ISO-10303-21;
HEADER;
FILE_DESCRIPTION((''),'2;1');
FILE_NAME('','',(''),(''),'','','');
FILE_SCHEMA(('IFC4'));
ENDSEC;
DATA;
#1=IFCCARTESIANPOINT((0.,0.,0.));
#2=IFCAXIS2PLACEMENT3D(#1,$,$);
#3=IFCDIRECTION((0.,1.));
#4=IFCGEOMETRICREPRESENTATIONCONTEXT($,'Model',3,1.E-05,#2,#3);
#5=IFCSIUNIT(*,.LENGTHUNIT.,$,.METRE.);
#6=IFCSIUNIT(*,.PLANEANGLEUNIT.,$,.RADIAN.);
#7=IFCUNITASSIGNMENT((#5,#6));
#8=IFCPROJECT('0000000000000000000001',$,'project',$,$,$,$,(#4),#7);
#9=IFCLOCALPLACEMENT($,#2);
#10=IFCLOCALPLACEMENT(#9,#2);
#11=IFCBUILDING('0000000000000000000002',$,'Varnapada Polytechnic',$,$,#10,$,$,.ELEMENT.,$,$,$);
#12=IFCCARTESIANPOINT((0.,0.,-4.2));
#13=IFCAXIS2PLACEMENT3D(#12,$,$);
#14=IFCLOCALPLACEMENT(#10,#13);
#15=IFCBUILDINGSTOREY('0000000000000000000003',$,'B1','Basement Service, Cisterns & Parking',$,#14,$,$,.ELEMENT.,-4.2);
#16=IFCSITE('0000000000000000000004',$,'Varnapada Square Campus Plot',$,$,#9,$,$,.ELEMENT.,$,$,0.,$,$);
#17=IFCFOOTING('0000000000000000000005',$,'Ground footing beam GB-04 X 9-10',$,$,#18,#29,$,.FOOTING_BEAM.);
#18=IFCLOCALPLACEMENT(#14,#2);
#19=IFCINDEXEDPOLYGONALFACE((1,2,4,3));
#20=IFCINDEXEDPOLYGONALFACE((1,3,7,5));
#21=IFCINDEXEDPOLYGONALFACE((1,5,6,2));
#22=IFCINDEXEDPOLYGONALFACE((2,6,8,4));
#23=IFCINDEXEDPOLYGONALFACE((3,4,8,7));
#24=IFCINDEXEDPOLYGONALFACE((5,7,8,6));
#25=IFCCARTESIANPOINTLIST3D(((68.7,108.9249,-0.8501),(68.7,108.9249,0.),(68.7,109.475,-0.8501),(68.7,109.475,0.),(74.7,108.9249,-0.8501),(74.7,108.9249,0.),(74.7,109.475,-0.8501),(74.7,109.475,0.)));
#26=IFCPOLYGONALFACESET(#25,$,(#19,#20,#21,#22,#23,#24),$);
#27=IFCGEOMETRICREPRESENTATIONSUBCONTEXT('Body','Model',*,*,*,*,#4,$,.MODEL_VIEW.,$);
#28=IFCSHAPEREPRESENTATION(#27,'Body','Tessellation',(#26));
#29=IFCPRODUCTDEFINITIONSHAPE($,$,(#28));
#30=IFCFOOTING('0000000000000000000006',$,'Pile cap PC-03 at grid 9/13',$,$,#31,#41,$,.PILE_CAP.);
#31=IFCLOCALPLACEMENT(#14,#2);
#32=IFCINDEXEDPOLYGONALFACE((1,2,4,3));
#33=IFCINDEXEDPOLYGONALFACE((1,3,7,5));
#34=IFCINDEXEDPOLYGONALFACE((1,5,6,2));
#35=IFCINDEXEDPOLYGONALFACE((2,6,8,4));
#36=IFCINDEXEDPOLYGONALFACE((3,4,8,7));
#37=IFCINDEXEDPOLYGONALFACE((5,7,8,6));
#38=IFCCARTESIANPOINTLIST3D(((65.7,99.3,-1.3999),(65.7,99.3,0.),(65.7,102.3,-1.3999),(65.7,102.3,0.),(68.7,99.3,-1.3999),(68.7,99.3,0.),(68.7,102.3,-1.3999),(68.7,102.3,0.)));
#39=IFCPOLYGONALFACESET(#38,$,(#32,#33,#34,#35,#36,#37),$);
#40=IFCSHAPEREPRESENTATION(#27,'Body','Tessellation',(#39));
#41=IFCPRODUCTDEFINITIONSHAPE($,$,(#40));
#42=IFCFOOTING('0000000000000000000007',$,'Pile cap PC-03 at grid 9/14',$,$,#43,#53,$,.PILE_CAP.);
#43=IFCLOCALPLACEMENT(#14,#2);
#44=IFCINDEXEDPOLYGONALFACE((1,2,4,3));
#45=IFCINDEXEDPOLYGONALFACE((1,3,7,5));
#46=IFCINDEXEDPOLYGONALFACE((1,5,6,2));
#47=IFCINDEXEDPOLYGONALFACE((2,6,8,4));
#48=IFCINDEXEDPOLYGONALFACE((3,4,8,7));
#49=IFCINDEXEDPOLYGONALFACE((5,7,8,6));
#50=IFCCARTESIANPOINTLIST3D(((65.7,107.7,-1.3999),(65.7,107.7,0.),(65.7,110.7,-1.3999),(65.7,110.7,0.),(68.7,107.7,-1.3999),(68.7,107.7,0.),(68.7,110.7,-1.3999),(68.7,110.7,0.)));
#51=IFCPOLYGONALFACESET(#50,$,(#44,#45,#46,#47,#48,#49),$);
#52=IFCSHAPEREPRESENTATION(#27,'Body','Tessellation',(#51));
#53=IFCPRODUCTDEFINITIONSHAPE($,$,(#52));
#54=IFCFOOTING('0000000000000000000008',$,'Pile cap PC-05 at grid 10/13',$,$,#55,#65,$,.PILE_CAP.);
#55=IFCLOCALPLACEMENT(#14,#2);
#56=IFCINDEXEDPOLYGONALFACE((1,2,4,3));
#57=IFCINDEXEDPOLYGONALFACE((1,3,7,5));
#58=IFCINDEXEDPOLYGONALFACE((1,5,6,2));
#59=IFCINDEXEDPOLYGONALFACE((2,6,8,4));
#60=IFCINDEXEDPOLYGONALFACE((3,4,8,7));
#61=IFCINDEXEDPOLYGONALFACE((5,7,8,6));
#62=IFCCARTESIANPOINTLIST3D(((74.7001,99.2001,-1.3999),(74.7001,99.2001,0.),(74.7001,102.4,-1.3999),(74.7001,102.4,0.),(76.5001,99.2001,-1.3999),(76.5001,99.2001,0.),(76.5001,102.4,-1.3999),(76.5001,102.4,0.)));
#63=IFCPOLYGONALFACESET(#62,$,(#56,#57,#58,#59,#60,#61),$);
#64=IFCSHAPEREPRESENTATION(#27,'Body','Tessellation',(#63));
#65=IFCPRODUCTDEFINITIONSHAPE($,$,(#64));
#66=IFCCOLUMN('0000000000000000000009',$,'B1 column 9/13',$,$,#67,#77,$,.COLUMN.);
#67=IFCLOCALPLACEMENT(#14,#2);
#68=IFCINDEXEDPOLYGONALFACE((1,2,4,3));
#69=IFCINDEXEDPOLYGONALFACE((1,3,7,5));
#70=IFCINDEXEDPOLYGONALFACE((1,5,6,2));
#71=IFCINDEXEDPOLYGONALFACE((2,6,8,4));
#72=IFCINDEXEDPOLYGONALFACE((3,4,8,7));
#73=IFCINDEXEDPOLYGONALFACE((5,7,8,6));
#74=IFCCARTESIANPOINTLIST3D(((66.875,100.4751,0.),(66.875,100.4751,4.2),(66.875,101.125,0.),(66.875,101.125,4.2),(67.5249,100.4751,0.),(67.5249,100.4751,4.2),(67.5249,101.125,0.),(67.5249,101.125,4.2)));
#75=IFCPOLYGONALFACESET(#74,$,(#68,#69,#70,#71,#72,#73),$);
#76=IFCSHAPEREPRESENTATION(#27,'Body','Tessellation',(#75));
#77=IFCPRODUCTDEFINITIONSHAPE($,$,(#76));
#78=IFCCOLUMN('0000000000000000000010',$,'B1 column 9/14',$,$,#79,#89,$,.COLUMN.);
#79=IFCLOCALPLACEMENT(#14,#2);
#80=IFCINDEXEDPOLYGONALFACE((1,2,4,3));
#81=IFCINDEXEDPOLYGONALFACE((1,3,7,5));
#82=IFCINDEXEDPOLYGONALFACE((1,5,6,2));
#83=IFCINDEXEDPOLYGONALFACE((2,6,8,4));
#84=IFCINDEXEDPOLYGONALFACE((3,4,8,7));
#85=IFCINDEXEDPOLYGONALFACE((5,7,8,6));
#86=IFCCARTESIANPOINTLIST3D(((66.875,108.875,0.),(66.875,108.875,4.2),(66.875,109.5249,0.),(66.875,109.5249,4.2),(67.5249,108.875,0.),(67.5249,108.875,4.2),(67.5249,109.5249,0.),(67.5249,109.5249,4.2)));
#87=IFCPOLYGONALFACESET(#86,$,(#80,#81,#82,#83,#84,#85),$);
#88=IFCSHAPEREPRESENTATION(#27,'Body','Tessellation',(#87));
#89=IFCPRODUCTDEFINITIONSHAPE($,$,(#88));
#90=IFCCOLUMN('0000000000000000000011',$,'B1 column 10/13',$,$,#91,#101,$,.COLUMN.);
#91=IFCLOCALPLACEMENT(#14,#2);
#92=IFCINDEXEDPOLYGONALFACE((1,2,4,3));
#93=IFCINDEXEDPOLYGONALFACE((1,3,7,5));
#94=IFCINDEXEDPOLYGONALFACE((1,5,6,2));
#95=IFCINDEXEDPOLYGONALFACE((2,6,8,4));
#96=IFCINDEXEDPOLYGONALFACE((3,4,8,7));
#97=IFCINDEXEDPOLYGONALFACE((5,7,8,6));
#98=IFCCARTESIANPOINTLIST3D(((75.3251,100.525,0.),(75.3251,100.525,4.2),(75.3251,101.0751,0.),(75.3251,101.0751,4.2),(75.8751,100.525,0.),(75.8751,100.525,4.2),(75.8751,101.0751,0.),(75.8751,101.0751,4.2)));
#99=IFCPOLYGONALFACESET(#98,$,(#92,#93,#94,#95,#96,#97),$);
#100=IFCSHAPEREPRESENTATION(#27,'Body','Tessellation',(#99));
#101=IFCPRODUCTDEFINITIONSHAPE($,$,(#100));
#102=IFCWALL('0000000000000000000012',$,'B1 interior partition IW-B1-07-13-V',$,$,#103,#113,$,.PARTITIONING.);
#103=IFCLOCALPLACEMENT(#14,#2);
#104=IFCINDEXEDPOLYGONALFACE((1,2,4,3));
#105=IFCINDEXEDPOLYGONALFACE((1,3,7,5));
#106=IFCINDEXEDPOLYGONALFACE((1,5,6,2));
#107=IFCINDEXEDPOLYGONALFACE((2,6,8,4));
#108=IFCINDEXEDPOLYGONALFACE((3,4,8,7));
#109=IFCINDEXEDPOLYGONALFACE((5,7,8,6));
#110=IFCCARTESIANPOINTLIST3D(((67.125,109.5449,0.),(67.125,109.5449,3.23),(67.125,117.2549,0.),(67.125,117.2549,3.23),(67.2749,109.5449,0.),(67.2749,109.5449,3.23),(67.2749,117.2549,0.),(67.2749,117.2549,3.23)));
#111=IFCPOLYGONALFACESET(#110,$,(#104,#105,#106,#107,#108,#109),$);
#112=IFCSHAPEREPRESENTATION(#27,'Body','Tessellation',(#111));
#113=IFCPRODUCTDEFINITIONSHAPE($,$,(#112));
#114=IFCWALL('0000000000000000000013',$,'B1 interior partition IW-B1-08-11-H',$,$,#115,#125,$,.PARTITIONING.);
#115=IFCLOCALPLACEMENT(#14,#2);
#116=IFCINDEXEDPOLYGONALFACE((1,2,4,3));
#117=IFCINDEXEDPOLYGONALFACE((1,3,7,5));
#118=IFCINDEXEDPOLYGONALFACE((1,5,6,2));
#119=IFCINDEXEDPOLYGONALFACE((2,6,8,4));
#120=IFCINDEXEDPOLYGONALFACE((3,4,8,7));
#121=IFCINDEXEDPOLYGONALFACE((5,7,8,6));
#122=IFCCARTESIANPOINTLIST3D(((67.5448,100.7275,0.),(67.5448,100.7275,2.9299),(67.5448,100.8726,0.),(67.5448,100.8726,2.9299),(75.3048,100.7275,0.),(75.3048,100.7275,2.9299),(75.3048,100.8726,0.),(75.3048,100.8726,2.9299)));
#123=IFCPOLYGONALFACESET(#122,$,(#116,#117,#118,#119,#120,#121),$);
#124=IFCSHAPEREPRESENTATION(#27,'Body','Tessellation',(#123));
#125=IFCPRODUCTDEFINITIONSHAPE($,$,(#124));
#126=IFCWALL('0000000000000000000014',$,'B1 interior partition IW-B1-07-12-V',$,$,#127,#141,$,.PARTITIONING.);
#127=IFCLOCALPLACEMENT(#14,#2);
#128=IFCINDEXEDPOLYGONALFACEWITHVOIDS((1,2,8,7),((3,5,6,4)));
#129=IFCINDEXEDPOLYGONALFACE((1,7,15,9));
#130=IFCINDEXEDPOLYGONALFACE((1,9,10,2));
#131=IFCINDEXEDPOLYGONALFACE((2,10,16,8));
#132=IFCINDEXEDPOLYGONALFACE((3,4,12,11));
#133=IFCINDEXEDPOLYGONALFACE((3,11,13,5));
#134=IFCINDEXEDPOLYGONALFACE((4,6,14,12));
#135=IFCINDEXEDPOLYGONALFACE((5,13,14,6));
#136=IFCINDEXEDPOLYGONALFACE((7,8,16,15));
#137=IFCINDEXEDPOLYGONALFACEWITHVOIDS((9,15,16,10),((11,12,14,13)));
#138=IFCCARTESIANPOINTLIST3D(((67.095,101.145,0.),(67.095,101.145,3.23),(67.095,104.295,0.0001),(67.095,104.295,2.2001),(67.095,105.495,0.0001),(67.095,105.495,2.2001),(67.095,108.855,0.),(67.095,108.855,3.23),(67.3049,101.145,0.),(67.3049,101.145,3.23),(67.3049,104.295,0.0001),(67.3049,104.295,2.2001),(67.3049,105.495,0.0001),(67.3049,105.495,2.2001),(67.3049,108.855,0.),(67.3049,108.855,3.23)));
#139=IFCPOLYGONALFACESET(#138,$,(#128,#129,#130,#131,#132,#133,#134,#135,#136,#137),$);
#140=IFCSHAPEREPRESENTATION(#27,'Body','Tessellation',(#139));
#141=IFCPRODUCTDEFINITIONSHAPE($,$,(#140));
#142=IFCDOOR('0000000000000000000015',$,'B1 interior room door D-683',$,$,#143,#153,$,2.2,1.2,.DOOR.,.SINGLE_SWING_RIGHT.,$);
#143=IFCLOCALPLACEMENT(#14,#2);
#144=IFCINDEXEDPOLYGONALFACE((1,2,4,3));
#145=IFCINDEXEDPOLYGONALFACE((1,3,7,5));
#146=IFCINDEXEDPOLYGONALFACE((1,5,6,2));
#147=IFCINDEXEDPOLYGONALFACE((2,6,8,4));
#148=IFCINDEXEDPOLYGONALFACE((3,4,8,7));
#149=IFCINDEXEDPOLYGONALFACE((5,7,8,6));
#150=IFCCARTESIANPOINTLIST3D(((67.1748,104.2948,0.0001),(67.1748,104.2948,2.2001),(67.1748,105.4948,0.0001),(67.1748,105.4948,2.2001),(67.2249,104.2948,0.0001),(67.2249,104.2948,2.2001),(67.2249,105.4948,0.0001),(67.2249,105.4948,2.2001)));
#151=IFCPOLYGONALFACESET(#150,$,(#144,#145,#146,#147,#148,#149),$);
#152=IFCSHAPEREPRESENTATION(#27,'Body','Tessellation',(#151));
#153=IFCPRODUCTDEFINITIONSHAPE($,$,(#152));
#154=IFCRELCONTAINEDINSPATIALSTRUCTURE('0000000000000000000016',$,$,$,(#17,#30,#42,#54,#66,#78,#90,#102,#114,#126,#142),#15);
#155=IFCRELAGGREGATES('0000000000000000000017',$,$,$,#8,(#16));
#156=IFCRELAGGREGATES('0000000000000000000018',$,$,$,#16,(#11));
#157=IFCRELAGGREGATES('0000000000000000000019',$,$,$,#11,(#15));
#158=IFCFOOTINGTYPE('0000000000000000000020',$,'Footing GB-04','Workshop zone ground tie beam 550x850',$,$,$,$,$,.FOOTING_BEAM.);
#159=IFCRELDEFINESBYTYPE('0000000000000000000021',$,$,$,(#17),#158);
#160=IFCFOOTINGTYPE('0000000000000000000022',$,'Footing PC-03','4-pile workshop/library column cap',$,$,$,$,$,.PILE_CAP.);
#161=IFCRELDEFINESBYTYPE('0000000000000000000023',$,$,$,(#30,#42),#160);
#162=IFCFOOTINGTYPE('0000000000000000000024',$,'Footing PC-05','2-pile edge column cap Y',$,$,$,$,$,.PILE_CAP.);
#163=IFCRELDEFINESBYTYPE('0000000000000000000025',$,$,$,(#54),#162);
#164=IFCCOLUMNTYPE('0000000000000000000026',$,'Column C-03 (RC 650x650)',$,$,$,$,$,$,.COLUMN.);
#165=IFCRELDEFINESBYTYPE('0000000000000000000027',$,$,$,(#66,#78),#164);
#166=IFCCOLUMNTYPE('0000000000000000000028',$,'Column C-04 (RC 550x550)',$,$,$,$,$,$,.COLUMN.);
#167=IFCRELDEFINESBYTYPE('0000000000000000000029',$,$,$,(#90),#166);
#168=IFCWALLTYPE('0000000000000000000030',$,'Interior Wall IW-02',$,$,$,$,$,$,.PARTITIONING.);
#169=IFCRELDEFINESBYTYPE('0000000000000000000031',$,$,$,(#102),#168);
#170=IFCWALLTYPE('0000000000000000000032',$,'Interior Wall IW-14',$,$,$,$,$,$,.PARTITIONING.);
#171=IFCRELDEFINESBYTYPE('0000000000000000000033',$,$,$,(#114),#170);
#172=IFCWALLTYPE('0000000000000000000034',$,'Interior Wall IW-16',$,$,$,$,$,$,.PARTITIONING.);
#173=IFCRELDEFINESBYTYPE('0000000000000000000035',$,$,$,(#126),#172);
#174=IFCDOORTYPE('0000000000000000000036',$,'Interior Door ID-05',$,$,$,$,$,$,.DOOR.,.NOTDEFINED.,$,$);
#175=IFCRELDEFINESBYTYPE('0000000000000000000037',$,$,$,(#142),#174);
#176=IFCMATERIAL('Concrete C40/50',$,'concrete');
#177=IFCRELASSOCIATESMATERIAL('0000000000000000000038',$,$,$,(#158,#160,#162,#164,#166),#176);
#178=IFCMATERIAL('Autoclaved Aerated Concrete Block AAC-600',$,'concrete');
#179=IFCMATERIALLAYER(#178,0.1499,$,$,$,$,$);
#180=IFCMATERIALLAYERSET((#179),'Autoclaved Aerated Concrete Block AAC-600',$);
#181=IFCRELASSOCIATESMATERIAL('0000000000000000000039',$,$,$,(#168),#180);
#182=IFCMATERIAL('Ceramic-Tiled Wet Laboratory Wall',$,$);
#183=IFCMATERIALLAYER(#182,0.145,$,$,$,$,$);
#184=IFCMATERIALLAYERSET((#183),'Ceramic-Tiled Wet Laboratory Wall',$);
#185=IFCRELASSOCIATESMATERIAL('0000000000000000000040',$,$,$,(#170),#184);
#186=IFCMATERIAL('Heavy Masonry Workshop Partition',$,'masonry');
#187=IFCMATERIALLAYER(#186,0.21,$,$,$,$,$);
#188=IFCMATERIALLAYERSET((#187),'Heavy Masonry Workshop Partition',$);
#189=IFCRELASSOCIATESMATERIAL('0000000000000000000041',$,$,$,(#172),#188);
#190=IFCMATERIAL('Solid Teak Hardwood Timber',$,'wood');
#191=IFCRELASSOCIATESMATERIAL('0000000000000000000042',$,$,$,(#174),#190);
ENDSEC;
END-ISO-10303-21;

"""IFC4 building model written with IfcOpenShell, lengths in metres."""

from ifc_helpers import new_model, si_unit, direction, frame, frame_2d, origin, origin_2d, place, context, subcontext, project, spatial, rectangle, extrude, material, layer, layer_set, material_profile, profile_set, type_object, element, fill, save


model = new_model("IFC4")

# Units and contexts
model_context = context("Model", 3, precision=1e-05, world=origin(), true_north=direction((0.0, 1.0)))
body_context = subcontext(model_context, "Body", "Model", "MODEL_VIEW")
ifc_project = project(units=[si_unit("LENGTHUNIT", "METRE"), si_unit("PLANEANGLEUNIT", "RADIAN")], contexts=[model_context])

# Site, building, storey
site_placement = place(None, origin())
site = spatial("IfcSite", under=ifc_project, at=site_placement, Name="Varnapada Square Campus Plot", CompositionType="ELEMENT", RefElevation=0.0)
building_placement = place(site_placement, origin())
building = spatial("IfcBuilding", under=site, at=building_placement, Name="Varnapada Polytechnic", CompositionType="ELEMENT")
storey_placement = place(building_placement, frame((0.0, 0.0, -4.2)))
storey = spatial("IfcBuildingStorey", under=building, at=storey_placement, Name="B1", Description="Basement Service, Cisterns & Parking", CompositionType="ELEMENT", Elevation=-4.2)

# Shared definitions
ifc_material_1 = material(Name="Concrete C40/50", Category="concrete")

# Footings
footing_type_1 = type_object("IfcFootingType", Name="Footing GB-04", Description="Workshop zone ground tie beam 550x850", PredefinedType="FOOTING_BEAM", material=ifc_material_1)
for number, where, z_axis, x_axis, name in (
    (1, (71.7, 109.2, -0.8501), (0.0, 0.0, 1.0), (1.0, 0.0, 0.0), "Ground footing beam GB-04 X 9-10"),
):
    element("IfcFooting", number, at=place(storey_placement, frame(where, z_axis=z_axis, x_axis=x_axis)), inside=storey, type_object=footing_type_1, Name=name, PredefinedType="FOOTING_BEAM", context=body_context, shape_type="SweptSolid", body=[
        extrude(rectangle(XDim=6.0, YDim=0.55, at=origin_2d()), origin(), (0.0, 0.0, 1.0), 0.8501),
    ])
footing_type_2 = type_object("IfcFootingType", Name="Footing PC-03", Description="4-pile workshop/library column cap", PredefinedType="PILE_CAP", material=ifc_material_1)
for number, where, z_axis, x_axis, name in (
    (2, (67.2, 100.8, -1.3999), (0.0, 0.0, 1.0), (1.0, 0.0, 0.0), "Pile cap PC-03 at grid 9/13"),
    (3, (67.2, 109.2, -1.3999), (0.0, 0.0, 1.0), (1.0, 0.0, 0.0), "Pile cap PC-03 at grid 9/14"),
):
    element("IfcFooting", number, at=place(storey_placement, frame(where, z_axis=z_axis, x_axis=x_axis)), inside=storey, type_object=footing_type_2, Name=name, PredefinedType="PILE_CAP", context=body_context, shape_type="SweptSolid", body=[
        extrude(rectangle(XDim=3.0, YDim=3.0, at=origin_2d()), origin(), (0.0, 0.0, 1.0), 1.3999),
    ])
footing_type_3 = type_object("IfcFootingType", Name="Footing PC-05", Description="2-pile edge column cap Y", PredefinedType="PILE_CAP", material=ifc_material_1)
footing_1_placement = place(storey_placement, frame((75.6001, 100.8, -1.3999), z_axis=(0.0, 0.0, 1.0), x_axis=(1.0, 0.0, 0.0)))
element("IfcFooting", 4, at=footing_1_placement, inside=storey, type_object=footing_type_3, Name="Pile cap PC-05 at grid 10/13", PredefinedType="PILE_CAP", context=body_context, shape_type="SweptSolid", body=[
    extrude(rectangle(XDim=1.8, YDim=3.2, at=origin_2d()), origin(), (0.0, 0.0, 1.0), 1.3999),
])

# Columns
ifc_material_profile_1 = material_profile(ifc_material_1, rectangle(XDim=0.6499, YDim=0.6499, at=origin_2d()), Name="RC 650x650")
ifc_profile_set_1 = profile_set([ifc_material_profile_1], Name="Concrete C40/50")
column_type_1 = type_object("IfcColumnType", Name="Column C-03 (RC 650x650)", PredefinedType="COLUMN", material=ifc_profile_set_1)
for number, where, z_axis, x_axis, name in (
    (5, (67.2, 100.8, 0.0), (0.0, 0.0, 1.0), (1.0, 0.0, 0.0), "B1 column 9/13"),
    (6, (67.2, 109.2, 0.0), (0.0, 0.0, 1.0), (1.0, 0.0, 0.0), "B1 column 9/14"),
):
    element("IfcColumn", number, at=place(storey_placement, frame(where, z_axis=z_axis, x_axis=x_axis)), inside=storey, type_object=column_type_1, Name=name, PredefinedType="COLUMN", context=body_context, shape_type="SweptSolid", body=[
        extrude(rectangle(XDim=0.6499, YDim=0.6499, at=origin_2d()), origin(), (0.0, 0.0, 1.0), 4.2),
    ])
ifc_material_profile_2 = material_profile(ifc_material_1, rectangle(XDim=0.55, YDim=0.55, at=origin_2d()), Name="RC 550x550")
ifc_profile_set_2 = profile_set([ifc_material_profile_2], Name="Concrete C40/50")
column_type_2 = type_object("IfcColumnType", Name="Column C-04 (RC 550x550)", PredefinedType="COLUMN", material=ifc_profile_set_2)
column_placement = place(storey_placement, frame((75.6001, 100.8, 0.0), z_axis=(0.0, 0.0, 1.0), x_axis=(1.0, 0.0, 0.0)))
element("IfcColumn", 7, at=column_placement, inside=storey, type_object=column_type_2, Name="B1 column 10/13", PredefinedType="COLUMN", context=body_context, shape_type="SweptSolid", body=[
    extrude(rectangle(XDim=0.55, YDim=0.55, at=origin_2d()), origin(), (0.0, 0.0, 1.0), 4.2),
])

# Walls
ifc_material_2 = material(Name="Autoclaved Aerated Concrete Block AAC-600", Category="concrete")
ifc_layer_1 = layer(ifc_material_2, 0.1499)
ifc_layer_set_1 = layer_set([ifc_layer_1], Name="Autoclaved Aerated Concrete Block AAC-600")
wall_type_1 = type_object("IfcWallType", Name="Interior Wall IW-02", PredefinedType="PARTITIONING", material=ifc_layer_set_1)
wall_1_placement = place(storey_placement, frame((67.2, 109.5449, 0.0), z_axis=(0.0, 0.0, 1.0), x_axis=(0.0, 1.0, 0.0)))
element("IfcWall", 8, at=wall_1_placement, inside=storey, type_object=wall_type_1, Name="B1 interior partition IW-B1-07-13-V", PredefinedType="PARTITIONING", context=body_context, shape_type="SweptSolid", body=[
    extrude(rectangle(XDim=7.71, YDim=0.1499, at=frame_2d((3.855, 0.0))), origin(), (0.0, 0.0, 1.0), 3.23),
])
ifc_material_3 = material(Name="Ceramic-Tiled Wet Laboratory Wall")
ifc_layer_2 = layer(ifc_material_3, 0.145)
ifc_layer_set_2 = layer_set([ifc_layer_2], Name="Ceramic-Tiled Wet Laboratory Wall")
wall_type_2 = type_object("IfcWallType", Name="Interior Wall IW-14", PredefinedType="PARTITIONING", material=ifc_layer_set_2)
wall_2_placement = place(storey_placement, frame((67.5449, 100.8, 0.0), z_axis=(0.0, 0.0, 1.0), x_axis=(1.0, 0.0, 0.0)))
element("IfcWall", 9, at=wall_2_placement, inside=storey, type_object=wall_type_2, Name="B1 interior partition IW-B1-08-11-H", PredefinedType="PARTITIONING", context=body_context, shape_type="SweptSolid", body=[
    extrude(rectangle(XDim=7.76, YDim=0.145, at=frame_2d((3.8799, 0.0))), origin(), (0.0, 0.0, 1.0), 2.9299),
])

# Wall, opening, door
ifc_material_4 = material(Name="Heavy Masonry Workshop Partition", Category="masonry")
ifc_layer_3 = layer(ifc_material_4, 0.21)
ifc_layer_set_3 = layer_set([ifc_layer_3], Name="Heavy Masonry Workshop Partition")
wall_type_3 = type_object("IfcWallType", Name="Interior Wall IW-16", PredefinedType="PARTITIONING", material=ifc_layer_set_3)
wall_3_placement = place(storey_placement, frame((67.2, 101.145, 0.0), z_axis=(0.0, 0.0, 1.0), x_axis=(0.0, 1.0, 0.0)))
wall_3 = element("IfcWall", 10, at=wall_3_placement, inside=storey, type_object=wall_type_3, Name="B1 interior partition IW-B1-07-12-V", PredefinedType="PARTITIONING", context=body_context, shape_type="SweptSolid", body=[
    extrude(rectangle(XDim=7.71, YDim=0.21, at=frame_2d((3.855, 0.0))), origin(), (0.0, 0.0, 1.0), 3.23),
])
opening_1_placement = place(wall_3_placement, frame((3.1499, 0.0, 0.0)))
opening_1 = element("IfcOpeningElement", 11, at=opening_1_placement, cuts=wall_3, PredefinedType="OPENING", context=body_context, shape_type="SweptSolid", body=[
    extrude(rectangle(XDim=1.2, YDim=2.2, at=frame_2d((0.6001, 1.1001))), frame((0.0, 0.115, 0.0), z_axis=(0.0, -1.0, 0.0), x_axis=(1.0, 0.0, 0.0)), (0.0, 0.0, 1.0), 0.23),
])
ifc_material_5 = material(Name="Solid Teak Hardwood Timber", Category="wood")
door_type_1 = type_object("IfcDoorType", Name="Interior Door ID-05", OperationType="NOTDEFINED", PredefinedType="DOOR", material=ifc_material_5)
door_1_placement = place(opening_1_placement, frame((1.2, 0.0, 0.0), z_axis=(0.0, 0.0, 1.0), x_axis=(-1.0, 0.0, 0.0)))
door_1 = element("IfcDoor", 12, at=door_1_placement, inside=storey, type_object=door_type_1, Name="B1 interior room door D-683", OperationType="SINGLE_SWING_RIGHT", OverallHeight=2.2, OverallWidth=1.2, PredefinedType="DOOR", context=body_context, shape_type="SweptSolid", body=[
    extrude(rectangle(XDim=1.2, YDim=2.2, at=frame_2d((0.6001, 1.1001))), frame((0.0, 0.0249, 0.0), z_axis=(0.0, -1.0, 0.0), x_axis=(1.0, 0.0, 0.0)), (0.0, 0.0, 1.0), 0.05),
])
fill(opening_1, door_1)

save(model, "model.ifc")
